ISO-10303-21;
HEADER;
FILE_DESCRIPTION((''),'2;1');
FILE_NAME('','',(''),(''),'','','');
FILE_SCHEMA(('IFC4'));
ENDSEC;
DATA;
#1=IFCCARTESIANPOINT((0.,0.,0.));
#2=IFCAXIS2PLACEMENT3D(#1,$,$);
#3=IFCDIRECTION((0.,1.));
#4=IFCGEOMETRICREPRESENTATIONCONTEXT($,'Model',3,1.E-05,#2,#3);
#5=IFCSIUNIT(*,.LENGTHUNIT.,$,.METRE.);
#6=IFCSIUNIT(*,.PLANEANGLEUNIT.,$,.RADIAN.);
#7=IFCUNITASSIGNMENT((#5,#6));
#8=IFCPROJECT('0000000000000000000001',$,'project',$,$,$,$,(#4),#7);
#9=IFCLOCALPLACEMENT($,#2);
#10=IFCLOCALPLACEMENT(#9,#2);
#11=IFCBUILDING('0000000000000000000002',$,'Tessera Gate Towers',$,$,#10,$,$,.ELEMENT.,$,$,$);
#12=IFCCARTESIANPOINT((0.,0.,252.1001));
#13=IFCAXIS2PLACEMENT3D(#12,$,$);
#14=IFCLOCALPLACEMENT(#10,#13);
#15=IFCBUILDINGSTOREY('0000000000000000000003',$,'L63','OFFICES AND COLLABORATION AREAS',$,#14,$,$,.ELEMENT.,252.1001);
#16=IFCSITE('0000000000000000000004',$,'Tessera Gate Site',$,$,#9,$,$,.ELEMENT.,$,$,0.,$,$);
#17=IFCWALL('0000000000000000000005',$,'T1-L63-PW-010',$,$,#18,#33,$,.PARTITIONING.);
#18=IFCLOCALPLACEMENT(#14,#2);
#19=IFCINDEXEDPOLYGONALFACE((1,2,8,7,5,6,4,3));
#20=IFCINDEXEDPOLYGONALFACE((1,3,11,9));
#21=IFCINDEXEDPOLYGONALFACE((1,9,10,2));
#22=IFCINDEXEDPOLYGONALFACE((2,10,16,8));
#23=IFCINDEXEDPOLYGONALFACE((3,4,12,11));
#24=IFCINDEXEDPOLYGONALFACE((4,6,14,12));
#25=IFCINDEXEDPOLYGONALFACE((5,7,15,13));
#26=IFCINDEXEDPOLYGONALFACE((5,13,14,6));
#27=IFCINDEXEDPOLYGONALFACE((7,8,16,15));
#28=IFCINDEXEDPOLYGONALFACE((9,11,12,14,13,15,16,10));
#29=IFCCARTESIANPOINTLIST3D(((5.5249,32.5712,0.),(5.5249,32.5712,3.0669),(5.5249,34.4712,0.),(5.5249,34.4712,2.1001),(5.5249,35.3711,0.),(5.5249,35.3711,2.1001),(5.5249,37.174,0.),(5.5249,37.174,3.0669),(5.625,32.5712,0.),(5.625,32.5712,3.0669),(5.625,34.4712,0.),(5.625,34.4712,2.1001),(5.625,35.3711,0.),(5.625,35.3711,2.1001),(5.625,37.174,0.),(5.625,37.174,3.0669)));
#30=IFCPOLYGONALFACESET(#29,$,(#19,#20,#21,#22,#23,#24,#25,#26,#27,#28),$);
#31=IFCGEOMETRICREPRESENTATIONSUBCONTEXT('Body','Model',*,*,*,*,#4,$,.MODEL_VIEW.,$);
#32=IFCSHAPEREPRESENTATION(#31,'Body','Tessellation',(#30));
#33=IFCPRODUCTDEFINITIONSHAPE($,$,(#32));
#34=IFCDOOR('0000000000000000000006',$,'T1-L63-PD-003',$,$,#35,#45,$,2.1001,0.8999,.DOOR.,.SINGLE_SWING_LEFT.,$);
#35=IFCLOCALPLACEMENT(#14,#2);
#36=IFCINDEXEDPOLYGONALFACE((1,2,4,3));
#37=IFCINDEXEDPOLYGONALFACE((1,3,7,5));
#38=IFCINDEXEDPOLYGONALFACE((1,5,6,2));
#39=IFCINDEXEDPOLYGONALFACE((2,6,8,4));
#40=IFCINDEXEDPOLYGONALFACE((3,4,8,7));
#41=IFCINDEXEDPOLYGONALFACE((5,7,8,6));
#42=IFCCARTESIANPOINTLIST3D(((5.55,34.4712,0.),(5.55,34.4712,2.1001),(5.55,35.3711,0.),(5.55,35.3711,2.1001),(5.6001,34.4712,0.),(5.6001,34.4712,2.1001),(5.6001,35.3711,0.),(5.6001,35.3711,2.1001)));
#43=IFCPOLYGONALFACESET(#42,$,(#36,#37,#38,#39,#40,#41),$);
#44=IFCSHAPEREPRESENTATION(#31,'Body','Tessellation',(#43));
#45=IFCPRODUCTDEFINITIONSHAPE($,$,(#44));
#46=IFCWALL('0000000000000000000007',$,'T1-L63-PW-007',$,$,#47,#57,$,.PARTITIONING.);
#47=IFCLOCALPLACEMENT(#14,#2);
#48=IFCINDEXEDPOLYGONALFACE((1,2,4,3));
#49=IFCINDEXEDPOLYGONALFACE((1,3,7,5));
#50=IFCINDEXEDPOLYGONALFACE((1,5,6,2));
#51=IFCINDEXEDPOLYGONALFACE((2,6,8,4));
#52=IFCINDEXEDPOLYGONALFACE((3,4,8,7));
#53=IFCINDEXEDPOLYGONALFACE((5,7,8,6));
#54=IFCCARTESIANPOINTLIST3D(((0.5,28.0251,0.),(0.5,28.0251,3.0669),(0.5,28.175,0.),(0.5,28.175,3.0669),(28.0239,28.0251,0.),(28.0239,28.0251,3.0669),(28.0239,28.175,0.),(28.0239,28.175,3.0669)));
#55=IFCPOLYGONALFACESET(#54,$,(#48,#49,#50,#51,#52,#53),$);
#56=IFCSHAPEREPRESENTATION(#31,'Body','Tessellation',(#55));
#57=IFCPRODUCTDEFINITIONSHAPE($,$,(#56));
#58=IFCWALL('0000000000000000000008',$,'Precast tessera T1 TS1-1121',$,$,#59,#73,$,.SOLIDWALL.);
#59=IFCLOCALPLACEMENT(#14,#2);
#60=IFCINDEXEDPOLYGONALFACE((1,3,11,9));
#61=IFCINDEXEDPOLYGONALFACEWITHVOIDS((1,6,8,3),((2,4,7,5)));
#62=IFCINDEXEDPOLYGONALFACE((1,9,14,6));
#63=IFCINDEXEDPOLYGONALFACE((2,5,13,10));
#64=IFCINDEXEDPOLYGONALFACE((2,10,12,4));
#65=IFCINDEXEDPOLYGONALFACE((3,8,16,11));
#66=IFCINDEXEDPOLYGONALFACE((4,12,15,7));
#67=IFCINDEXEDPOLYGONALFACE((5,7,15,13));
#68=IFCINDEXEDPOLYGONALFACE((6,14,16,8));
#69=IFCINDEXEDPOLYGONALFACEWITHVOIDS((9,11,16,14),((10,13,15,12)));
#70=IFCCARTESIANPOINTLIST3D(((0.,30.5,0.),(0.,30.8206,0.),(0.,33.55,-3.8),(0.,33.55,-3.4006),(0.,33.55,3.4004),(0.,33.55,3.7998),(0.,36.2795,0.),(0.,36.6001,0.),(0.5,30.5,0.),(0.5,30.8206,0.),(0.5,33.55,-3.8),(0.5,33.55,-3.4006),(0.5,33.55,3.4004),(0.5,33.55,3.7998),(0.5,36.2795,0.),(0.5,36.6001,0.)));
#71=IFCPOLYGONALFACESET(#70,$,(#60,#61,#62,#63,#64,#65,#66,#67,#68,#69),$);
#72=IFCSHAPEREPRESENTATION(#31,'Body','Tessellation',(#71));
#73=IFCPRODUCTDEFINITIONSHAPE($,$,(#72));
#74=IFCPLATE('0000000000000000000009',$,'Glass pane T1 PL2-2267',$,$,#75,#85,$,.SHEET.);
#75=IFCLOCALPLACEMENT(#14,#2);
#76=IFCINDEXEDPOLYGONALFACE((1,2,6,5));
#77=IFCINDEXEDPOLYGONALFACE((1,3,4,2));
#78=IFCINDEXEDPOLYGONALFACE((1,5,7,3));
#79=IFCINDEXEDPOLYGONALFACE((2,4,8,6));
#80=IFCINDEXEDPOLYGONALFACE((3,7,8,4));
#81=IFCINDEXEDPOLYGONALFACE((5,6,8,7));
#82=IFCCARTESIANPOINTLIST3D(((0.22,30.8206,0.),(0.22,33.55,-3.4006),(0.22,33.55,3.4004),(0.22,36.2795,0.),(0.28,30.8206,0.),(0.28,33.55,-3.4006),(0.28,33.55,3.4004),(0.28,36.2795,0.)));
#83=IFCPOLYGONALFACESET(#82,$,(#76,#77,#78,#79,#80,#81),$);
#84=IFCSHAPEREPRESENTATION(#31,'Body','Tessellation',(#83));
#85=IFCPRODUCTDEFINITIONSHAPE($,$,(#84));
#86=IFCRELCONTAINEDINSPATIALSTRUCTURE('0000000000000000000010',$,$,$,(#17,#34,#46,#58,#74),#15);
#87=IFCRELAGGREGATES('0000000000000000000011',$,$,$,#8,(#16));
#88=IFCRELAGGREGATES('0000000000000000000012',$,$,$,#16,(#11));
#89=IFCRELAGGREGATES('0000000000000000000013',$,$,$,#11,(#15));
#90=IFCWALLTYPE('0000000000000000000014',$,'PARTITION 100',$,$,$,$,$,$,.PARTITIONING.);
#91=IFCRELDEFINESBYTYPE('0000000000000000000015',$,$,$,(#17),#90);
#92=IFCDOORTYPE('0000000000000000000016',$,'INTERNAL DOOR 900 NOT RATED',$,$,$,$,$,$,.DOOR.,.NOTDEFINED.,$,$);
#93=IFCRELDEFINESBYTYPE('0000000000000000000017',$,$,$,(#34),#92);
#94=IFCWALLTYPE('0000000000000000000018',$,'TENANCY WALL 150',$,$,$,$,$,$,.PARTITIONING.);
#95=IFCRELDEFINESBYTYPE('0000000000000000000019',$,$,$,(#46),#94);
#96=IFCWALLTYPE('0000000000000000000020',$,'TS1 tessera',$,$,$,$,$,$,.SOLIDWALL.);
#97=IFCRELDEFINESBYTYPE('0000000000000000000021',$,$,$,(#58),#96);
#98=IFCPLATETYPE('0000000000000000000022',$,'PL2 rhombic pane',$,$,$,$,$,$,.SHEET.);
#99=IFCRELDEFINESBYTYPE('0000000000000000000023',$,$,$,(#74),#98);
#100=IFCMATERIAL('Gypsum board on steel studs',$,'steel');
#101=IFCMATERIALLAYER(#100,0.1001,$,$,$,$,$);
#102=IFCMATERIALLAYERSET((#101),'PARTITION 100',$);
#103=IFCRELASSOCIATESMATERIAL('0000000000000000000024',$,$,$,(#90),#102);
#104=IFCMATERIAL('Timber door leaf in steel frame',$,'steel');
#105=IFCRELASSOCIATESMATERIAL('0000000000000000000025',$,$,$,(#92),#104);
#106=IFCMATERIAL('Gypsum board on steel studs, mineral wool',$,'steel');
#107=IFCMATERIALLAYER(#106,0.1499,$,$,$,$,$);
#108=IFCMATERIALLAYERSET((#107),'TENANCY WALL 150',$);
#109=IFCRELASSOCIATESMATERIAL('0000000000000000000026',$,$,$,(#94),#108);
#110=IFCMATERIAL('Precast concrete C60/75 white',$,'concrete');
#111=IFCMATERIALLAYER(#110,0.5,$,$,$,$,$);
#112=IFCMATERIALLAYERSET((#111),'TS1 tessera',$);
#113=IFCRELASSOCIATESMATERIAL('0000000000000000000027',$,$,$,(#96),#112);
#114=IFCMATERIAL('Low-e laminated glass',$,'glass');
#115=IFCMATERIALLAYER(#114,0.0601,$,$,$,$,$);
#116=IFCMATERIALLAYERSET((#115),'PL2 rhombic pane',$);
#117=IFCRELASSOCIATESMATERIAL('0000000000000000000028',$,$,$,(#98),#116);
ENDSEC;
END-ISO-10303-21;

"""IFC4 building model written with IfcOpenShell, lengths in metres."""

from ifc_helpers import new_model, si_unit, direction, frame, frame_2d, origin, place, context, subcontext, project, spatial, polyline, rectangle, outline, extrude, source, transform, mapped, material, layer, layer_set, type_object, element, fill, save


model = new_model("IFC4")

# Units and contexts
model_context = context("Model", 3, precision=1e-05, world=origin(), true_north=direction((0.0, 1.0)))
body_context = subcontext(model_context, "Body", "Model", "MODEL_VIEW")
ifc_project = project(units=[si_unit("LENGTHUNIT", "METRE"), si_unit("PLANEANGLEUNIT", "RADIAN")], contexts=[model_context])

# Site, building, storey
site_placement = place(None, origin())
site = spatial("IfcSite", under=ifc_project, at=site_placement, Name="Tessera Gate Site", CompositionType="ELEMENT", RefElevation=0.0)
building_placement = place(site_placement, origin())
building = spatial("IfcBuilding", under=site, at=building_placement, Name="Tessera Gate Towers", CompositionType="ELEMENT")
storey_placement = place(building_placement, frame((0.0, 0.0, 252.1001)))
storey = spatial("IfcBuildingStorey", under=building, at=storey_placement, Name="L63", Description="OFFICES AND COLLABORATION AREAS", CompositionType="ELEMENT", Elevation=252.1001)

# Shared definitions
shared_shape_1 = source(origin(), body_context, "Body", "SweptSolid", [
    extrude(rectangle(XDim=0.8999, YDim=2.1001, at=frame_2d((0.45, 1.05))), frame((0.0, 0.0249, 0.0), z_axis=(0.0, -1.0, 0.0), x_axis=(1.0, 0.0, 0.0)), (0.0, 0.0, 1.0), 0.05),
])

# Shared definitions
ifc_material_1 = material(Name="Gypsum board on steel studs", Category="steel")
ifc_layer_1 = layer(ifc_material_1, 0.1001)
ifc_layer_set_1 = layer_set([ifc_layer_1], Name="PARTITION 100")
wall_type_1 = type_object("IfcWallType", Name="PARTITION 100", PredefinedType="PARTITIONING", material=ifc_layer_set_1)
shared_shape_2 = source(origin(), body_context, "Body", "SweptSolid", [
    extrude(rectangle(XDim=0.8999, YDim=2.1001, at=frame_2d((0.45, 1.05))), frame((0.0, 0.0601, 0.0), z_axis=(0.0, -1.0, 0.0), x_axis=(1.0, 0.0, 0.0)), (0.0, 0.0, 1.0), 0.1201),
])
ifc_material_2 = material(Name="Timber door leaf in steel frame", Category="steel")
door_type_1 = type_object("IfcDoorType", Name="INTERNAL DOOR 900 NOT RATED", OperationType="NOTDEFINED", PredefinedType="DOOR", material=ifc_material_2)

# Wall, opening, door
wall_1_placement = place(storey_placement, frame((5.575, 32.5713, 0.0), z_axis=(0.0, 0.0, 1.0), x_axis=(0.0, 1.0, 0.0)))
wall_1 = element("IfcWall", 1, at=wall_1_placement, inside=storey, type_object=wall_type_1, Name="T1-L63-PW-010", PredefinedType="PARTITIONING", context=body_context, shape_type="SweptSolid", body=[
    extrude(rectangle(XDim=4.6028, YDim=0.1001, at=frame_2d((2.3013, 0.0))), origin(), (0.0, 0.0, 1.0), 3.0669),
])
opening_1_placement = place(wall_1_placement, frame((1.8999, 0.0, 0.0)))
opening_1 = element("IfcOpeningElement", 2, at=opening_1_placement, cuts=wall_1, PredefinedType="OPENING", context=body_context, shape_type="MappedRepresentation", body=[
    mapped(shared_shape_2, transform((0.0, 0.0, 0.0), scale=1.0)),
])
door_1_placement = place(opening_1_placement, origin())
door_1 = element("IfcDoor", 3, at=door_1_placement, inside=storey, type_object=door_type_1, Name="T1-L63-PD-003", OperationType="SINGLE_SWING_LEFT", OverallHeight=2.1001, OverallWidth=0.8999, PredefinedType="DOOR", context=body_context, shape_type="MappedRepresentation", body=[
    mapped(shared_shape_1, transform((0.0, 0.0, 0.0), scale=1.0)),
])
fill(opening_1, door_1)

# Wall
ifc_material_3 = material(Name="Gypsum board on steel studs, mineral wool", Category="steel")
ifc_layer_2 = layer(ifc_material_3, 0.1499)
ifc_layer_set_2 = layer_set([ifc_layer_2], Name="TENANCY WALL 150")
wall_type_2 = type_object("IfcWallType", Name="TENANCY WALL 150", PredefinedType="PARTITIONING", material=ifc_layer_set_2)
wall_2_placement = place(storey_placement, frame((0.5, 28.1001, 0.0), z_axis=(0.0, 0.0, 1.0), x_axis=(1.0, 0.0, 0.0)))
element("IfcWall", 4, at=wall_2_placement, inside=storey, type_object=wall_type_2, Name="T1-L63-PW-007", PredefinedType="PARTITIONING", context=body_context, shape_type="SweptSolid", body=[
    extrude(rectangle(XDim=27.5239, YDim=0.1499, at=frame_2d((13.762, 0.0))), origin(), (0.0, 0.0, 1.0), 3.0669),
])

# Wall, opening, plate
ifc_material_4 = material(Name="Precast concrete C60/75 white", Category="concrete")
ifc_layer_3 = layer(ifc_material_4, 0.5)
ifc_layer_set_3 = layer_set([ifc_layer_3], Name="TS1 tessera")
wall_type_3 = type_object("IfcWallType", Name="TS1 tessera", PredefinedType="SOLIDWALL", material=ifc_layer_set_3)
shared_shape_3 = source(origin(), body_context, "Body", "SweptSolid", [
    extrude(outline(polyline([(3.05, 0.0), (6.1001, 3.8), (3.05, 7.5999), (0.0, 3.8), (3.05, 0.0)])), frame((0.0, 0.25, 0.0), z_axis=(0.0, -1.0, 0.0), x_axis=(1.0, 0.0, 0.0)), (0.0, 0.0, 1.0), 0.5),
])
wall_3_placement = place(storey_placement, frame((0.25, 36.6001, -3.8), z_axis=(0.0, 0.0, 1.0), x_axis=(0.0, -1.0, 0.0)))
wall_3 = element("IfcWall", 5, at=wall_3_placement, inside=storey, type_object=wall_type_3, Name="Precast tessera T1 TS1-1121", PredefinedType="SOLIDWALL", context=body_context, shape_type="MappedRepresentation", body=[
    mapped(shared_shape_3, transform((0.0, 0.0, 0.0), scale=1.0)),
])
shared_shape_4 = source(origin(), body_context, "Body", "SweptSolid", [
    extrude(outline(polyline([(3.05, 0.3994), (5.7795, 3.8), (3.05, 7.2004), (0.3206, 3.8), (3.05, 0.3994)])), frame((0.0, 0.26, 0.0), z_axis=(0.0, -1.0, 0.0), x_axis=(1.0, 0.0, 0.0)), (0.0, 0.0, 1.0), 0.52),
])
opening_2_placement = place(wall_3_placement, origin())
opening_2 = element("IfcOpeningElement", 6, at=opening_2_placement, cuts=wall_3, PredefinedType="OPENING", context=body_context, shape_type="MappedRepresentation", body=[
    mapped(shared_shape_4, transform((0.0, 0.0, 0.0), scale=1.0)),
])
ifc_material_5 = material(Name="Low-e laminated glass", Category="glass")
ifc_layer_4 = layer(ifc_material_5, 0.0601)
ifc_layer_set_4 = layer_set([ifc_layer_4], Name="PL2 rhombic pane")
plate_type = type_object("IfcPlateType", Name="PL2 rhombic pane", PredefinedType="SHEET", material=ifc_layer_set_4)
shared_shape_5 = source(origin(), body_context, "Body", "SweptSolid", [
    extrude(outline(polyline([(3.05, 0.3994), (5.7795, 3.8), (3.05, 7.2004), (0.3206, 3.8), (3.05, 0.3994)])), frame((0.0, 0.03, 0.0), z_axis=(0.0, -1.0, 0.0), x_axis=(1.0, 0.0, 0.0)), (0.0, 0.0, 1.0), 0.0601),
])
plate_placement = place(opening_2_placement, origin())
plate = element("IfcPlate", 7, at=plate_placement, inside=storey, type_object=plate_type, Name="Glass pane T1 PL2-2267", PredefinedType="SHEET", context=body_context, shape_type="MappedRepresentation", body=[
    mapped(shared_shape_5, transform((0.0, 0.0, 0.0), scale=1.0)),
])
fill(opening_2, plate)

save(model, "model.ifc")
